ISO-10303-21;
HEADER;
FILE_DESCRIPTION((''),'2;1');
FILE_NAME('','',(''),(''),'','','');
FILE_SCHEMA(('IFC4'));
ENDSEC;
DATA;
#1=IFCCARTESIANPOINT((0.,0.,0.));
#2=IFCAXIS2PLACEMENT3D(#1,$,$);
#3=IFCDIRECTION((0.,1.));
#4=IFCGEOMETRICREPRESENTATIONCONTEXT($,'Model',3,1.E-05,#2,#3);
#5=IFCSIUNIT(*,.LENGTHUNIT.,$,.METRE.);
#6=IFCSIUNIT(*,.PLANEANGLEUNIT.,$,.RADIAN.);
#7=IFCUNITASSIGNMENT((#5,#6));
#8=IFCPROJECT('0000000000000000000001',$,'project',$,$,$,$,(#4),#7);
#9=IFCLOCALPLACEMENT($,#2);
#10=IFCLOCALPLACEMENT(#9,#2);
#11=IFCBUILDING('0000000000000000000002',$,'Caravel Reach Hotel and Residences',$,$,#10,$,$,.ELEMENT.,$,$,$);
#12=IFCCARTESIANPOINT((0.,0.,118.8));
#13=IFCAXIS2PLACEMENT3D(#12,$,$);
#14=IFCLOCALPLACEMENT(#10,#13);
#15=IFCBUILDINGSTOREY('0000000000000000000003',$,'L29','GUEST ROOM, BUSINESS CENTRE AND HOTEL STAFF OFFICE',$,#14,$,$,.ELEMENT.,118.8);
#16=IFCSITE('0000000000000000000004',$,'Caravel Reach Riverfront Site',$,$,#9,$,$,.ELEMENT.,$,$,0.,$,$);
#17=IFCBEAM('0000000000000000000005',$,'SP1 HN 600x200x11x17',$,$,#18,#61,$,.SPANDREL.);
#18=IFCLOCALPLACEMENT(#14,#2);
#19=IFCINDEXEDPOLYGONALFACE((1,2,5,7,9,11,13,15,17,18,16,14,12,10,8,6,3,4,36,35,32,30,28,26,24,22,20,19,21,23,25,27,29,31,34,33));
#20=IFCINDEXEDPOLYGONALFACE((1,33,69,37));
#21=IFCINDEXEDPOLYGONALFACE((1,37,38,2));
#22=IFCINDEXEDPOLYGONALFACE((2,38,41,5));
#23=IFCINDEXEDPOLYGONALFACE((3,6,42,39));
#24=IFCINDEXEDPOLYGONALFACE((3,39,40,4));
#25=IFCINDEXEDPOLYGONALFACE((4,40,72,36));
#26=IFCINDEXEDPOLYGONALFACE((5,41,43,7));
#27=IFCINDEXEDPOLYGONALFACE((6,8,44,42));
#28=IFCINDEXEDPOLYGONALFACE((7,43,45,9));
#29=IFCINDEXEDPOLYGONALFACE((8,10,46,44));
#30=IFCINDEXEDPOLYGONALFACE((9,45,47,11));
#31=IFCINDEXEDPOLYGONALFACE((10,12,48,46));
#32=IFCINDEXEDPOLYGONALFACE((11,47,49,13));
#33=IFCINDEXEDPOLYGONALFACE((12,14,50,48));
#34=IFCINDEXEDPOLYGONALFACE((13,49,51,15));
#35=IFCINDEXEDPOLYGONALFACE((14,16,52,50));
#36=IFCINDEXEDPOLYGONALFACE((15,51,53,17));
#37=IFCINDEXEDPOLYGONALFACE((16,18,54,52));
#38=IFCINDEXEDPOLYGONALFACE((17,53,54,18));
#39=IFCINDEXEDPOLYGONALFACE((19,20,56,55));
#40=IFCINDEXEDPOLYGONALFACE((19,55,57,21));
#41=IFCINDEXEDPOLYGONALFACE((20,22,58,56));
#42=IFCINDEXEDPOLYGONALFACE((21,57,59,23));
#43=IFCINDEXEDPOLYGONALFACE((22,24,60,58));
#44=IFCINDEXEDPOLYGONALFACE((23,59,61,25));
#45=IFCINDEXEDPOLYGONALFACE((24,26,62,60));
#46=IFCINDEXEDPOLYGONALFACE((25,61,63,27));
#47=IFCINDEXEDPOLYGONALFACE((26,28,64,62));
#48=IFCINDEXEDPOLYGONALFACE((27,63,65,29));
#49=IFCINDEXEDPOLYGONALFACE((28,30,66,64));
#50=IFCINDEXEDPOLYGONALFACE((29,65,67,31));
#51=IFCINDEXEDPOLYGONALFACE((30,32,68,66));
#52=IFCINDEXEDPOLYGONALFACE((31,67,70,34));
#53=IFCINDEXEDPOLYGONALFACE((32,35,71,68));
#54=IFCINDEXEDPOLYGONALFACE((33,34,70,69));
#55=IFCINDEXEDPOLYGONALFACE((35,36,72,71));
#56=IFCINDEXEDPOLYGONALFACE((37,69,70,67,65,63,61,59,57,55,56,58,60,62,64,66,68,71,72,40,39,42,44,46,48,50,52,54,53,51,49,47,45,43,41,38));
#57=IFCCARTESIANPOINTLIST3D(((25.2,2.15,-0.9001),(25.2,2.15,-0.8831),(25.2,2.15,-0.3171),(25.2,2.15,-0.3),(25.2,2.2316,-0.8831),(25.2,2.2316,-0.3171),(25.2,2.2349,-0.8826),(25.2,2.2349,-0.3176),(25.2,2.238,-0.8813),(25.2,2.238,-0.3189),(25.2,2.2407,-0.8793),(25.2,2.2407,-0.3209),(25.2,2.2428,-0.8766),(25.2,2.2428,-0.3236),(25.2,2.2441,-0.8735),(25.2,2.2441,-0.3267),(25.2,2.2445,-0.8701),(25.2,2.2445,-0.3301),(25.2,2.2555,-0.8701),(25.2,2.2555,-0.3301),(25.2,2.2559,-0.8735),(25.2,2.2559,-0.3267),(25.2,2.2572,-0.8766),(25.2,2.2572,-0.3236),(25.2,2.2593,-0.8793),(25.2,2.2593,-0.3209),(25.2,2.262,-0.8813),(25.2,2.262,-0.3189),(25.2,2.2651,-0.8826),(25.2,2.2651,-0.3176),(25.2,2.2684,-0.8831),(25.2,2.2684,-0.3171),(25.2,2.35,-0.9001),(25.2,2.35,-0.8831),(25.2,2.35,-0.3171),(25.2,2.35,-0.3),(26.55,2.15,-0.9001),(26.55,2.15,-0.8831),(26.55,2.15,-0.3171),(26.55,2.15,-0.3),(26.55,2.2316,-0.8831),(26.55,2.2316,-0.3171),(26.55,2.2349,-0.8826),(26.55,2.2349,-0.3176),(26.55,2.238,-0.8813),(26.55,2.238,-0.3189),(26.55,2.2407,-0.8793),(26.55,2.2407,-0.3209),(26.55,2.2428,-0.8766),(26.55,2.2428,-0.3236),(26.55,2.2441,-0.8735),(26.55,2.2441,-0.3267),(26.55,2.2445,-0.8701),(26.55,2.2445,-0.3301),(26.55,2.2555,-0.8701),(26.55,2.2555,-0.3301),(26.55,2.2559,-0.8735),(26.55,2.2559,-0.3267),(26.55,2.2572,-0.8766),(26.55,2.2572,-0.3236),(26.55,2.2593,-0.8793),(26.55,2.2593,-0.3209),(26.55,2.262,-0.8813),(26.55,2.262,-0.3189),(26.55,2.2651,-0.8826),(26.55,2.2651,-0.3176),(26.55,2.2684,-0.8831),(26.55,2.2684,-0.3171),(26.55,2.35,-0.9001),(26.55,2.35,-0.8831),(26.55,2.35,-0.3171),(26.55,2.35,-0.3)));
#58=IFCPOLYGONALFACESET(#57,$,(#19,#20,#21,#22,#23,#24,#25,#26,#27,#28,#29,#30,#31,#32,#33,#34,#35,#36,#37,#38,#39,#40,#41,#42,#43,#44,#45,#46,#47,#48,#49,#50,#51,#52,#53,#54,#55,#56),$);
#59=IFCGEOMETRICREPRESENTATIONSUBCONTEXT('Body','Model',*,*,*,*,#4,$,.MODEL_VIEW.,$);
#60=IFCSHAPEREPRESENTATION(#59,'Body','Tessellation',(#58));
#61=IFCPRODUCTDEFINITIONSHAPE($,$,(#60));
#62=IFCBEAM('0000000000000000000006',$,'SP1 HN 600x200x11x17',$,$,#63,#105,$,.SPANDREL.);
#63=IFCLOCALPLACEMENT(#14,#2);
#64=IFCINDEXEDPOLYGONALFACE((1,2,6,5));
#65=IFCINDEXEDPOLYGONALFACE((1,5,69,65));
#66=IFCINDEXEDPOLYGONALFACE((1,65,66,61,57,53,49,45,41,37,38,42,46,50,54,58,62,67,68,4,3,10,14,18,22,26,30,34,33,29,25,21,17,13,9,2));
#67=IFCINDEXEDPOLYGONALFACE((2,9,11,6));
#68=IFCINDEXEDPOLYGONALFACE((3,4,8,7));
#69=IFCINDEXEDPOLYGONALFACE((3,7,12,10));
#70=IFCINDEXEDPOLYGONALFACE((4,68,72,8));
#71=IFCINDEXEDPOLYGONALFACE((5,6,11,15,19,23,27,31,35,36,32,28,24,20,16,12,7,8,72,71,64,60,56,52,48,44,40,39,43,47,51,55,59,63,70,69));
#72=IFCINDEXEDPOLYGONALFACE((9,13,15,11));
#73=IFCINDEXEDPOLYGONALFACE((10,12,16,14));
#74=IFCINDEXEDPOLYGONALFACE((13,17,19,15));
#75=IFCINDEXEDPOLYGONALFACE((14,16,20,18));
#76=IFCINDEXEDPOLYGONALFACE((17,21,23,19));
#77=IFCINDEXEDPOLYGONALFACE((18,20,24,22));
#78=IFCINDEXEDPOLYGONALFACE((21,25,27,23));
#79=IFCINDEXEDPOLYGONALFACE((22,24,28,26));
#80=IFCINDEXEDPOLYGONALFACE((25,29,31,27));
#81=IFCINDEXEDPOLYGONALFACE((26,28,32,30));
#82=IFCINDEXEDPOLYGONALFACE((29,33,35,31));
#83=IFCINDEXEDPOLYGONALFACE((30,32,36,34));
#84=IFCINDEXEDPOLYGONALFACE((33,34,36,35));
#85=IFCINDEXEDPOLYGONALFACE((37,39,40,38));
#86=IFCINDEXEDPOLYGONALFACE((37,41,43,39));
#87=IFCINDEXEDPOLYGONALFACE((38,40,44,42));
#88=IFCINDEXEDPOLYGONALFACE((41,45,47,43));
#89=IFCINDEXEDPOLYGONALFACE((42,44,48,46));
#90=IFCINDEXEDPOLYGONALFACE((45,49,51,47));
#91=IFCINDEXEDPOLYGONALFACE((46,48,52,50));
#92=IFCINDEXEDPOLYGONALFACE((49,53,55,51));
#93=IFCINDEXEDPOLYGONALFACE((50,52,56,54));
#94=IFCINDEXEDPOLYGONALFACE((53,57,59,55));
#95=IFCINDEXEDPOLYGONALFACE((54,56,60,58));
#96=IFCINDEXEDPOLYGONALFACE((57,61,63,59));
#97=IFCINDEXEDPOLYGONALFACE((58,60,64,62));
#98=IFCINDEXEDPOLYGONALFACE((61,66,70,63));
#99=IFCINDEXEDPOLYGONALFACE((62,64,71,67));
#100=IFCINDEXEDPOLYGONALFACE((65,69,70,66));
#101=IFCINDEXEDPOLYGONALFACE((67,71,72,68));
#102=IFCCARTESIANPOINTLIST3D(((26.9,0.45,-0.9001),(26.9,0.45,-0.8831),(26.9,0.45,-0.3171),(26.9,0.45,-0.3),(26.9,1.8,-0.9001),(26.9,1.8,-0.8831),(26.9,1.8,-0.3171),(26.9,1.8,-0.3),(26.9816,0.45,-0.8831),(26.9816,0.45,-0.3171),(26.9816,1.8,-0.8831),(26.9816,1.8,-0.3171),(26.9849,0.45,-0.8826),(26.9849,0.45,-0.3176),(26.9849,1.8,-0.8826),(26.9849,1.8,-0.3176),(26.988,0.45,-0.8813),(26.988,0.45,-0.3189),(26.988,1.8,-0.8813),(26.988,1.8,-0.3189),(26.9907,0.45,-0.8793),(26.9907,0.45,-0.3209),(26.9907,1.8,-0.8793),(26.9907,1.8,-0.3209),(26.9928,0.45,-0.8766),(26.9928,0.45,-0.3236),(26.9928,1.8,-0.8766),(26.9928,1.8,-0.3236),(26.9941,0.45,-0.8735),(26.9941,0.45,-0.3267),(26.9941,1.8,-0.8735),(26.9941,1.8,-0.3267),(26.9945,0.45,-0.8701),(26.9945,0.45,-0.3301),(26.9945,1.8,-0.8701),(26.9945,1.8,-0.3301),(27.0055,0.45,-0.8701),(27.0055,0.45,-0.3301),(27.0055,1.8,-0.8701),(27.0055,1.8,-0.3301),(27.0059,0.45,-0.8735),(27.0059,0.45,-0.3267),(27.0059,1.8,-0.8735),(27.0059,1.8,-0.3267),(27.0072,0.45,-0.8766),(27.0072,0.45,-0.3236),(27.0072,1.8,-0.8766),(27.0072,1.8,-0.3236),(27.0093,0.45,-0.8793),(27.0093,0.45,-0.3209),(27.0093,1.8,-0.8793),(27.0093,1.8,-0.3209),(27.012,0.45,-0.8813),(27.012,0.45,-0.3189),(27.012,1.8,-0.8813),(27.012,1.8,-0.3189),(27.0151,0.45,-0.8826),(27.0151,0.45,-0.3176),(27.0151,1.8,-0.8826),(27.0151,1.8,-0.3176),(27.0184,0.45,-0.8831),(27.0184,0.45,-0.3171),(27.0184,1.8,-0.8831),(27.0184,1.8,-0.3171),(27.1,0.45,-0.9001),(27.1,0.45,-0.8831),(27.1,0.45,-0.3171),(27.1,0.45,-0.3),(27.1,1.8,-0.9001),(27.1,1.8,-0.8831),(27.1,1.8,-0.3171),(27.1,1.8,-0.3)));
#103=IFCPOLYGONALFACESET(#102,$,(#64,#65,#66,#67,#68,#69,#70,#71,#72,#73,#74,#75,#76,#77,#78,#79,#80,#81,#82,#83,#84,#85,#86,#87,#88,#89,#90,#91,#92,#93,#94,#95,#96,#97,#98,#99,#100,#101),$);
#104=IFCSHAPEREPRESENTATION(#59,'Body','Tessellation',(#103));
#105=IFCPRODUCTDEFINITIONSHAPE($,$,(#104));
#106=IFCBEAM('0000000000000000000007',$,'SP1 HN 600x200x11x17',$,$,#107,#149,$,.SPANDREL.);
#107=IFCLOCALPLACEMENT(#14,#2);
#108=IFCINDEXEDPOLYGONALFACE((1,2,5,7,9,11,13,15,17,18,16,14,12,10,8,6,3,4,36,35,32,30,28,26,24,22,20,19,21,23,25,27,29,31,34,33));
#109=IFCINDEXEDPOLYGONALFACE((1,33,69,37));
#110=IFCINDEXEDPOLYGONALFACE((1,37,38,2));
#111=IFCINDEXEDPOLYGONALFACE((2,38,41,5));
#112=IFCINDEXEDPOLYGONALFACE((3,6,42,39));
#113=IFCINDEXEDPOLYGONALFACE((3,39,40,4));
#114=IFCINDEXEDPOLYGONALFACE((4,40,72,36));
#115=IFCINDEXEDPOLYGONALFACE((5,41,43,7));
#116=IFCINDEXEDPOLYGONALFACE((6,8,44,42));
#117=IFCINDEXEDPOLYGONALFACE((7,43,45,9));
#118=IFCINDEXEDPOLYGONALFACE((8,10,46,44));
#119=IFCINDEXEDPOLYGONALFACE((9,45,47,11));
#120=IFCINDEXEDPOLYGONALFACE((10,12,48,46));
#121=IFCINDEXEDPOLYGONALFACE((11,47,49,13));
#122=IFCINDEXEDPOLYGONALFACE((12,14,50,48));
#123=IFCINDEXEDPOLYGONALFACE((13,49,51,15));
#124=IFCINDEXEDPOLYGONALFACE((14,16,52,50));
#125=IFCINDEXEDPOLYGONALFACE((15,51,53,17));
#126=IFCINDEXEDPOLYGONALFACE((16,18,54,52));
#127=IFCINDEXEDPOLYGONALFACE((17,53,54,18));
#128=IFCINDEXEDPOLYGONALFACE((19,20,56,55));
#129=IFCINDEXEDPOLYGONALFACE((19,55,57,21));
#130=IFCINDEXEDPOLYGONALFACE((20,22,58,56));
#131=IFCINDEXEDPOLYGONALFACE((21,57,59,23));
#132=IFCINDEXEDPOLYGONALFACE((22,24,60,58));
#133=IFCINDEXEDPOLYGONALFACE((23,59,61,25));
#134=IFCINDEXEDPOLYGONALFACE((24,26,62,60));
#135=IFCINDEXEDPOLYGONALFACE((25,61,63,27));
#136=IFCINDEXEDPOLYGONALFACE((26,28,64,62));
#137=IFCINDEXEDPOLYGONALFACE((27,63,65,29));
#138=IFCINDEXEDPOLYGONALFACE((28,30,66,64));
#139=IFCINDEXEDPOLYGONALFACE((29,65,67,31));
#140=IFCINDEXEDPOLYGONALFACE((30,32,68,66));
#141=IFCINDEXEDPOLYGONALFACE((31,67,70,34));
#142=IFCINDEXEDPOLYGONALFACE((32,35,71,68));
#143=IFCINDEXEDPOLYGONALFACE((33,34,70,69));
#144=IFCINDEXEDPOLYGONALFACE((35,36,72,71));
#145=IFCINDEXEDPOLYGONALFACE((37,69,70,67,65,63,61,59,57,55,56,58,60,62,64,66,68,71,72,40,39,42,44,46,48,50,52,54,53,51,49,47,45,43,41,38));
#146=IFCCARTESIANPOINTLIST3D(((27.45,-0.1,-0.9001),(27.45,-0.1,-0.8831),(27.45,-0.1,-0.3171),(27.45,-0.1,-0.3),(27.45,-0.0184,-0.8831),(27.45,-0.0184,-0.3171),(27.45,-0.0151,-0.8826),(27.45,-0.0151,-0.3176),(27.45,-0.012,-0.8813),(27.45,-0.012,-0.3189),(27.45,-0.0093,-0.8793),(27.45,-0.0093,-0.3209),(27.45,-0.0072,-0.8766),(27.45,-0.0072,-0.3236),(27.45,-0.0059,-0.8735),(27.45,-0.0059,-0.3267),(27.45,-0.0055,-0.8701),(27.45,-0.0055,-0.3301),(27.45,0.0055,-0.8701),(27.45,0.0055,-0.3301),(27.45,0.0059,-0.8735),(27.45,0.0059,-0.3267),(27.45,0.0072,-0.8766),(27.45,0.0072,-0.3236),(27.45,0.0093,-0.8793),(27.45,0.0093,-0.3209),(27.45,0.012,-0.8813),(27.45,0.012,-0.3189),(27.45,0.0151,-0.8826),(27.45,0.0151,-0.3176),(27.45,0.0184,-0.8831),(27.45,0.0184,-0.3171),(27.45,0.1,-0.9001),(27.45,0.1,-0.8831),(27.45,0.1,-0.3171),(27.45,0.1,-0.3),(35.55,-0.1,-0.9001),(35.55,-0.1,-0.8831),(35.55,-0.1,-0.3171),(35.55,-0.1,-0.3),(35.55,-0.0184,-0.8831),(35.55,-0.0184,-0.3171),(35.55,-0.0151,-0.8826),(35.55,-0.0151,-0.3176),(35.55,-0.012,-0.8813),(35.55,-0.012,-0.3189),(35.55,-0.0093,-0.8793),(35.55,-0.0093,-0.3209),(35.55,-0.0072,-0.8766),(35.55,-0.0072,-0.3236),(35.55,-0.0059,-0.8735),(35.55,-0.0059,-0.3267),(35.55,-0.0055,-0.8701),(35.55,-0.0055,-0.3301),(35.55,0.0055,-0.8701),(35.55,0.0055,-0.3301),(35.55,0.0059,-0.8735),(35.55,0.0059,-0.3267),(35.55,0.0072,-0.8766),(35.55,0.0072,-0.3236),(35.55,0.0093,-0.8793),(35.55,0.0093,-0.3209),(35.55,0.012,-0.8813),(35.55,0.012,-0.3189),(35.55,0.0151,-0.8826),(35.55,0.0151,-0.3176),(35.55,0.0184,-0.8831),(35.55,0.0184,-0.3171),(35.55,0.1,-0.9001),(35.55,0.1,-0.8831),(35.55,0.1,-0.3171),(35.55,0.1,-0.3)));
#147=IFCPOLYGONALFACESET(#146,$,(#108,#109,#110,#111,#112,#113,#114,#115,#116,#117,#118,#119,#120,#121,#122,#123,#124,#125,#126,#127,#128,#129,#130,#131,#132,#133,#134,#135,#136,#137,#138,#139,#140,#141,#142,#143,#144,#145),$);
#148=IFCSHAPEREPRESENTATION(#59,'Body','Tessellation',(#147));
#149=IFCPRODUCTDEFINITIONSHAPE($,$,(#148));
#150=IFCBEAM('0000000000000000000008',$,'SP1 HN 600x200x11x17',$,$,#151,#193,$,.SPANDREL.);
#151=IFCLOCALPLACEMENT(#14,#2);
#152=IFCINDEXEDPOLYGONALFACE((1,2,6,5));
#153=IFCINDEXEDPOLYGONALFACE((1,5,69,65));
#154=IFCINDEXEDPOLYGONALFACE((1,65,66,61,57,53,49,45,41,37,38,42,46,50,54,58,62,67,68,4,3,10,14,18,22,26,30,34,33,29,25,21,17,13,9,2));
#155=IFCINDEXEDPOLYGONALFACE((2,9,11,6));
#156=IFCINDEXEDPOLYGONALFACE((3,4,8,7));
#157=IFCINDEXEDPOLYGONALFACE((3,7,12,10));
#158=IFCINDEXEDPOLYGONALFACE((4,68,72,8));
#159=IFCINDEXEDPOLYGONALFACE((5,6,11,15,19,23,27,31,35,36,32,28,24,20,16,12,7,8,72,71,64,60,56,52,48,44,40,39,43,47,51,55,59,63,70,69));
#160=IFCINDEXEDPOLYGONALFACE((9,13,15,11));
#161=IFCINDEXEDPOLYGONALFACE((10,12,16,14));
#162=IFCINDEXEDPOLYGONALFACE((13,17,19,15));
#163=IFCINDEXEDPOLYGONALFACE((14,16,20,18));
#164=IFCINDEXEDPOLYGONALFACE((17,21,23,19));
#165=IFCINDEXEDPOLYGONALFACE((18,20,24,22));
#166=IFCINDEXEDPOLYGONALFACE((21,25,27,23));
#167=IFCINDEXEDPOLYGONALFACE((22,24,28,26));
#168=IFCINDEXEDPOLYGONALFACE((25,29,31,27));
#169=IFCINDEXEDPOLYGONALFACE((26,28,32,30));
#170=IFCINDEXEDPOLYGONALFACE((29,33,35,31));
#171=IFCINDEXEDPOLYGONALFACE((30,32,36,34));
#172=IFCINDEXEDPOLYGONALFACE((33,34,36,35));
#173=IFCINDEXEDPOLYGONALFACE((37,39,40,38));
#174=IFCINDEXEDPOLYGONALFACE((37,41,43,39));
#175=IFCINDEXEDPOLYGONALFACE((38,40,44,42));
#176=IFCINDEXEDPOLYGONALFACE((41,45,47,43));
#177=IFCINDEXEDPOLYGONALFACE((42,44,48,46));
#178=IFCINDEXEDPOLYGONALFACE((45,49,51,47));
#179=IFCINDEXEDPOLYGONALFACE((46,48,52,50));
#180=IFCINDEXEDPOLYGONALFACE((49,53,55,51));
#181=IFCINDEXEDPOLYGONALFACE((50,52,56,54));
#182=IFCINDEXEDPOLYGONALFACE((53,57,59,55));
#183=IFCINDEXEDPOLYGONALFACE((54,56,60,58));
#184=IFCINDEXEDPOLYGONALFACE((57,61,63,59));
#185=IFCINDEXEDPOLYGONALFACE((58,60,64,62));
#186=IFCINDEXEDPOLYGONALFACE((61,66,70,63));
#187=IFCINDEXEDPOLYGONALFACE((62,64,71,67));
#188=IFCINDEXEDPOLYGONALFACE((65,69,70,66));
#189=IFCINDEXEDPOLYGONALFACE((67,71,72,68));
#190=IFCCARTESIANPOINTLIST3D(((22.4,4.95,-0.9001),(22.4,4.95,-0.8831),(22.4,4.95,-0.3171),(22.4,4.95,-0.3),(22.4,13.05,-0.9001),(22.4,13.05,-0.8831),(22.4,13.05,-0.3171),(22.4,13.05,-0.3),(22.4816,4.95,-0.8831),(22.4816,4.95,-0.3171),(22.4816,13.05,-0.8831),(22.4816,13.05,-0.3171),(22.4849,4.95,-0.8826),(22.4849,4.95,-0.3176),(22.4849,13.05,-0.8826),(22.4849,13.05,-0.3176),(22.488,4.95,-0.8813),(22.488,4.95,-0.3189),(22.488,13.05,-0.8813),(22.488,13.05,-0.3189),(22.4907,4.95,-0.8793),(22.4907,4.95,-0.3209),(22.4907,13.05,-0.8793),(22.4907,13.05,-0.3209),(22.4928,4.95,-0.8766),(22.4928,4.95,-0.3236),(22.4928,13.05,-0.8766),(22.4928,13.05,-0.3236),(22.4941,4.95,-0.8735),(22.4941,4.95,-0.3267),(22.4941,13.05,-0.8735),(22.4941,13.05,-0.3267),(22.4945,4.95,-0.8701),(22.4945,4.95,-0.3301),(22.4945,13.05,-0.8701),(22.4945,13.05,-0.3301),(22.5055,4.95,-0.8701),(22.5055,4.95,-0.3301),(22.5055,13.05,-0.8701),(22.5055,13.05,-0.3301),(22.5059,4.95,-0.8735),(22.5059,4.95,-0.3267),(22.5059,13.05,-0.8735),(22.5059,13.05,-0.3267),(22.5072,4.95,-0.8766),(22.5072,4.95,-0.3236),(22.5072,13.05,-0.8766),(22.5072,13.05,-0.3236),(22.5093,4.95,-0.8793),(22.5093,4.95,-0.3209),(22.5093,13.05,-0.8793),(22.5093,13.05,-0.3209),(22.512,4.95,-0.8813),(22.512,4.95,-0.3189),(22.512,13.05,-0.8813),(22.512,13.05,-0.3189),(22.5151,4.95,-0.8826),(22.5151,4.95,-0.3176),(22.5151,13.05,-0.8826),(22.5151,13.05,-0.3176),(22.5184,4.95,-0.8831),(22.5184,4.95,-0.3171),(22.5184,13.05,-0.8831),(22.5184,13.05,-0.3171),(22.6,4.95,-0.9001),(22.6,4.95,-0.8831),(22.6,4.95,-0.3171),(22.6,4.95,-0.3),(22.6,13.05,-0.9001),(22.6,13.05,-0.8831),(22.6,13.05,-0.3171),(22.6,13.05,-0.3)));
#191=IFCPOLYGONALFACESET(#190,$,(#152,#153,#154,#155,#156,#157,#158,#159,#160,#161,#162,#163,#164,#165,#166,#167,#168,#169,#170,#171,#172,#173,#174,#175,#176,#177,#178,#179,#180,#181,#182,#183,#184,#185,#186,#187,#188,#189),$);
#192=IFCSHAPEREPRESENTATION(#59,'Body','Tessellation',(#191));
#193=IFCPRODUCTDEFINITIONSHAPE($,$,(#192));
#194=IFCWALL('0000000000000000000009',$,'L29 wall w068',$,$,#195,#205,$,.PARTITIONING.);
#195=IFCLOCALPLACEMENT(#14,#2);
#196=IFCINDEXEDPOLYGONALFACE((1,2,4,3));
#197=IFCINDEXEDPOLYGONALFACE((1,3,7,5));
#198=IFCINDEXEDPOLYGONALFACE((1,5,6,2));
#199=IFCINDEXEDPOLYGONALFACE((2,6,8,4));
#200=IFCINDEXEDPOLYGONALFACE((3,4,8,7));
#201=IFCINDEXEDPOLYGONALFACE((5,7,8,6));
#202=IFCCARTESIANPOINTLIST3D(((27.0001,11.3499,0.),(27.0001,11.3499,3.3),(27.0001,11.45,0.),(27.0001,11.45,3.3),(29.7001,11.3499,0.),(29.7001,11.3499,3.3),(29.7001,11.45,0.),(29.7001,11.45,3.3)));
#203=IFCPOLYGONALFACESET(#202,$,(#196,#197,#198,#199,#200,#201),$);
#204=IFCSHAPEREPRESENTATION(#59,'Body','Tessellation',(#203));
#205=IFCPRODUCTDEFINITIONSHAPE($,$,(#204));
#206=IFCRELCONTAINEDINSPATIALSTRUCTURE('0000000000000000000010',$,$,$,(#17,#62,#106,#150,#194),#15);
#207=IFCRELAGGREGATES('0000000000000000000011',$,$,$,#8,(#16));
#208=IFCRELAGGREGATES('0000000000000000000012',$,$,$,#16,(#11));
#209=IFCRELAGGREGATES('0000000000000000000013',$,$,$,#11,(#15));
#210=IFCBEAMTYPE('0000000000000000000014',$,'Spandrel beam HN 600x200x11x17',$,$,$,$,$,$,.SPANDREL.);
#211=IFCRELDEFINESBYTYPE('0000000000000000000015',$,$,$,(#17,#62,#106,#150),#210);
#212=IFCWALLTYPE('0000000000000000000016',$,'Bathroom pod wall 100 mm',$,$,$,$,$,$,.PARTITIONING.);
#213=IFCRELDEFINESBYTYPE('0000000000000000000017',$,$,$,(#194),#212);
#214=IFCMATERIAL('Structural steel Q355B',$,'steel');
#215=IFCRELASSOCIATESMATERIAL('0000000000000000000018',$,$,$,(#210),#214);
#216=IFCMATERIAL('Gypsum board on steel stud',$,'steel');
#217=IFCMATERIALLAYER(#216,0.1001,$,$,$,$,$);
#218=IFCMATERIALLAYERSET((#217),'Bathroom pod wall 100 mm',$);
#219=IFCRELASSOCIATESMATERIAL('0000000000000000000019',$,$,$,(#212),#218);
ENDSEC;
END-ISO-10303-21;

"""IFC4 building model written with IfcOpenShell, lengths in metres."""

from ifc_helpers import new_model, si_unit, direction, frame, frame_2d, origin, origin_2d, place, context, subcontext, project, spatial, rectangle, i_section, extrude, material, layer, layer_set, material_profile, profile_set, type_object, element, save


model = new_model("IFC4")

# Units and contexts
model_context = context("Model", 3, precision=1e-05, world=origin(), true_north=direction((0.0, 1.0)))
body_context = subcontext(model_context, "Body", "Model", "MODEL_VIEW")
ifc_project = project(units=[si_unit("LENGTHUNIT", "METRE"), si_unit("PLANEANGLEUNIT", "RADIAN")], contexts=[model_context])

# Site, building, storey
site_placement = place(None, origin())
site = spatial("IfcSite", under=ifc_project, at=site_placement, Name="Caravel Reach Riverfront Site", CompositionType="ELEMENT", RefElevation=0.0)
building_placement = place(site_placement, origin())
building = spatial("IfcBuilding", under=site, at=building_placement, Name="Caravel Reach Hotel and Residences", CompositionType="ELEMENT")
storey_placement = place(building_placement, frame((0.0, 0.0, 118.8)))
storey = spatial("IfcBuildingStorey", under=building, at=storey_placement, Name="L29", Description="GUEST ROOM, BUSINESS CENTRE AND HOTEL STAFF OFFICE", CompositionType="ELEMENT", Elevation=118.8)

# Beams
ifc_material_1 = material(Name="Structural steel Q355B", Category="steel")
ifc_material_profile_1 = material_profile(ifc_material_1, i_section(OverallWidth=0.2, OverallDepth=0.6001, WebThickness=0.011, FlangeThickness=0.0171, FilletRadius=0.0129, at=origin_2d()), Name="HN 600x200x11x17")
ifc_profile_set_1 = profile_set([ifc_material_profile_1], Name="Structural steel Q355B")
beam_type = type_object("IfcBeamType", Name="Spandrel beam HN 600x200x11x17", PredefinedType="SPANDREL", material=ifc_profile_set_1)
for number, where, z_axis, x_axis, name in (
    (1, (25.2, 2.25, -0.6001), (1.0, 0.0, 0.0), (0.0, 1.0, 0.0), "SP1 HN 600x200x11x17"),
    (2, (27.0, 1.8, -0.6001), (0.0, -1.0, 0.0), (1.0, 0.0, 0.0), "SP1 HN 600x200x11x17"),
):
    element("IfcBeam", number, at=place(storey_placement, frame(where, z_axis=z_axis, x_axis=x_axis)), inside=storey, type_object=beam_type, Name=name, PredefinedType="SPANDREL", context=body_context, shape_type="SweptSolid", body=[
        extrude(i_section(OverallWidth=0.2, OverallDepth=0.6001, WebThickness=0.011, FlangeThickness=0.0171, FilletRadius=0.0129, at=origin_2d()), origin(), (0.0, 0.0, 1.0), 1.3501),
    ])
for number, where, z_axis, x_axis, name in (
    (3, (27.45, 0.0, -0.6001), (1.0, 0.0, 0.0), (0.0, 1.0, 0.0), "SP1 HN 600x200x11x17"),
    (4, (22.5, 13.05, -0.6001), (0.0, -1.0, 0.0), (1.0, 0.0, 0.0), "SP1 HN 600x200x11x17"),
):
    element("IfcBeam", number, at=place(storey_placement, frame(where, z_axis=z_axis, x_axis=x_axis)), inside=storey, type_object=beam_type, Name=name, PredefinedType="SPANDREL", context=body_context, shape_type="SweptSolid", body=[
        extrude(i_section(OverallWidth=0.2, OverallDepth=0.6001, WebThickness=0.011, FlangeThickness=0.0171, FilletRadius=0.0129, at=origin_2d()), origin(), (0.0, 0.0, 1.0), 8.1001),
    ])

# Wall
ifc_material_2 = material(Name="Gypsum board on steel stud", Category="steel")
ifc_layer_1 = layer(ifc_material_2, 0.1001)
ifc_layer_set_1 = layer_set([ifc_layer_1], Name="Bathroom pod wall 100 mm")
wall_type_1 = type_object("IfcWallType", Name="Bathroom pod wall 100 mm", PredefinedType="PARTITIONING", material=ifc_layer_set_1)
wall_1_placement = place(storey_placement, frame((27.0, 11.3999, 0.0), z_axis=(0.0, 0.0, 1.0), x_axis=(1.0, 0.0, 0.0)))
element("IfcWall", 5, at=wall_1_placement, inside=storey, type_object=wall_type_1, Name="L29 wall w068", PredefinedType="PARTITIONING", context=body_context, shape_type="SweptSolid", body=[
    extrude(rectangle(XDim=2.7, YDim=0.1001, at=frame_2d((1.3501, 0.0))), origin(), (0.0, 0.0, 1.0), 3.3),
])

save(model, "model.ifc")
